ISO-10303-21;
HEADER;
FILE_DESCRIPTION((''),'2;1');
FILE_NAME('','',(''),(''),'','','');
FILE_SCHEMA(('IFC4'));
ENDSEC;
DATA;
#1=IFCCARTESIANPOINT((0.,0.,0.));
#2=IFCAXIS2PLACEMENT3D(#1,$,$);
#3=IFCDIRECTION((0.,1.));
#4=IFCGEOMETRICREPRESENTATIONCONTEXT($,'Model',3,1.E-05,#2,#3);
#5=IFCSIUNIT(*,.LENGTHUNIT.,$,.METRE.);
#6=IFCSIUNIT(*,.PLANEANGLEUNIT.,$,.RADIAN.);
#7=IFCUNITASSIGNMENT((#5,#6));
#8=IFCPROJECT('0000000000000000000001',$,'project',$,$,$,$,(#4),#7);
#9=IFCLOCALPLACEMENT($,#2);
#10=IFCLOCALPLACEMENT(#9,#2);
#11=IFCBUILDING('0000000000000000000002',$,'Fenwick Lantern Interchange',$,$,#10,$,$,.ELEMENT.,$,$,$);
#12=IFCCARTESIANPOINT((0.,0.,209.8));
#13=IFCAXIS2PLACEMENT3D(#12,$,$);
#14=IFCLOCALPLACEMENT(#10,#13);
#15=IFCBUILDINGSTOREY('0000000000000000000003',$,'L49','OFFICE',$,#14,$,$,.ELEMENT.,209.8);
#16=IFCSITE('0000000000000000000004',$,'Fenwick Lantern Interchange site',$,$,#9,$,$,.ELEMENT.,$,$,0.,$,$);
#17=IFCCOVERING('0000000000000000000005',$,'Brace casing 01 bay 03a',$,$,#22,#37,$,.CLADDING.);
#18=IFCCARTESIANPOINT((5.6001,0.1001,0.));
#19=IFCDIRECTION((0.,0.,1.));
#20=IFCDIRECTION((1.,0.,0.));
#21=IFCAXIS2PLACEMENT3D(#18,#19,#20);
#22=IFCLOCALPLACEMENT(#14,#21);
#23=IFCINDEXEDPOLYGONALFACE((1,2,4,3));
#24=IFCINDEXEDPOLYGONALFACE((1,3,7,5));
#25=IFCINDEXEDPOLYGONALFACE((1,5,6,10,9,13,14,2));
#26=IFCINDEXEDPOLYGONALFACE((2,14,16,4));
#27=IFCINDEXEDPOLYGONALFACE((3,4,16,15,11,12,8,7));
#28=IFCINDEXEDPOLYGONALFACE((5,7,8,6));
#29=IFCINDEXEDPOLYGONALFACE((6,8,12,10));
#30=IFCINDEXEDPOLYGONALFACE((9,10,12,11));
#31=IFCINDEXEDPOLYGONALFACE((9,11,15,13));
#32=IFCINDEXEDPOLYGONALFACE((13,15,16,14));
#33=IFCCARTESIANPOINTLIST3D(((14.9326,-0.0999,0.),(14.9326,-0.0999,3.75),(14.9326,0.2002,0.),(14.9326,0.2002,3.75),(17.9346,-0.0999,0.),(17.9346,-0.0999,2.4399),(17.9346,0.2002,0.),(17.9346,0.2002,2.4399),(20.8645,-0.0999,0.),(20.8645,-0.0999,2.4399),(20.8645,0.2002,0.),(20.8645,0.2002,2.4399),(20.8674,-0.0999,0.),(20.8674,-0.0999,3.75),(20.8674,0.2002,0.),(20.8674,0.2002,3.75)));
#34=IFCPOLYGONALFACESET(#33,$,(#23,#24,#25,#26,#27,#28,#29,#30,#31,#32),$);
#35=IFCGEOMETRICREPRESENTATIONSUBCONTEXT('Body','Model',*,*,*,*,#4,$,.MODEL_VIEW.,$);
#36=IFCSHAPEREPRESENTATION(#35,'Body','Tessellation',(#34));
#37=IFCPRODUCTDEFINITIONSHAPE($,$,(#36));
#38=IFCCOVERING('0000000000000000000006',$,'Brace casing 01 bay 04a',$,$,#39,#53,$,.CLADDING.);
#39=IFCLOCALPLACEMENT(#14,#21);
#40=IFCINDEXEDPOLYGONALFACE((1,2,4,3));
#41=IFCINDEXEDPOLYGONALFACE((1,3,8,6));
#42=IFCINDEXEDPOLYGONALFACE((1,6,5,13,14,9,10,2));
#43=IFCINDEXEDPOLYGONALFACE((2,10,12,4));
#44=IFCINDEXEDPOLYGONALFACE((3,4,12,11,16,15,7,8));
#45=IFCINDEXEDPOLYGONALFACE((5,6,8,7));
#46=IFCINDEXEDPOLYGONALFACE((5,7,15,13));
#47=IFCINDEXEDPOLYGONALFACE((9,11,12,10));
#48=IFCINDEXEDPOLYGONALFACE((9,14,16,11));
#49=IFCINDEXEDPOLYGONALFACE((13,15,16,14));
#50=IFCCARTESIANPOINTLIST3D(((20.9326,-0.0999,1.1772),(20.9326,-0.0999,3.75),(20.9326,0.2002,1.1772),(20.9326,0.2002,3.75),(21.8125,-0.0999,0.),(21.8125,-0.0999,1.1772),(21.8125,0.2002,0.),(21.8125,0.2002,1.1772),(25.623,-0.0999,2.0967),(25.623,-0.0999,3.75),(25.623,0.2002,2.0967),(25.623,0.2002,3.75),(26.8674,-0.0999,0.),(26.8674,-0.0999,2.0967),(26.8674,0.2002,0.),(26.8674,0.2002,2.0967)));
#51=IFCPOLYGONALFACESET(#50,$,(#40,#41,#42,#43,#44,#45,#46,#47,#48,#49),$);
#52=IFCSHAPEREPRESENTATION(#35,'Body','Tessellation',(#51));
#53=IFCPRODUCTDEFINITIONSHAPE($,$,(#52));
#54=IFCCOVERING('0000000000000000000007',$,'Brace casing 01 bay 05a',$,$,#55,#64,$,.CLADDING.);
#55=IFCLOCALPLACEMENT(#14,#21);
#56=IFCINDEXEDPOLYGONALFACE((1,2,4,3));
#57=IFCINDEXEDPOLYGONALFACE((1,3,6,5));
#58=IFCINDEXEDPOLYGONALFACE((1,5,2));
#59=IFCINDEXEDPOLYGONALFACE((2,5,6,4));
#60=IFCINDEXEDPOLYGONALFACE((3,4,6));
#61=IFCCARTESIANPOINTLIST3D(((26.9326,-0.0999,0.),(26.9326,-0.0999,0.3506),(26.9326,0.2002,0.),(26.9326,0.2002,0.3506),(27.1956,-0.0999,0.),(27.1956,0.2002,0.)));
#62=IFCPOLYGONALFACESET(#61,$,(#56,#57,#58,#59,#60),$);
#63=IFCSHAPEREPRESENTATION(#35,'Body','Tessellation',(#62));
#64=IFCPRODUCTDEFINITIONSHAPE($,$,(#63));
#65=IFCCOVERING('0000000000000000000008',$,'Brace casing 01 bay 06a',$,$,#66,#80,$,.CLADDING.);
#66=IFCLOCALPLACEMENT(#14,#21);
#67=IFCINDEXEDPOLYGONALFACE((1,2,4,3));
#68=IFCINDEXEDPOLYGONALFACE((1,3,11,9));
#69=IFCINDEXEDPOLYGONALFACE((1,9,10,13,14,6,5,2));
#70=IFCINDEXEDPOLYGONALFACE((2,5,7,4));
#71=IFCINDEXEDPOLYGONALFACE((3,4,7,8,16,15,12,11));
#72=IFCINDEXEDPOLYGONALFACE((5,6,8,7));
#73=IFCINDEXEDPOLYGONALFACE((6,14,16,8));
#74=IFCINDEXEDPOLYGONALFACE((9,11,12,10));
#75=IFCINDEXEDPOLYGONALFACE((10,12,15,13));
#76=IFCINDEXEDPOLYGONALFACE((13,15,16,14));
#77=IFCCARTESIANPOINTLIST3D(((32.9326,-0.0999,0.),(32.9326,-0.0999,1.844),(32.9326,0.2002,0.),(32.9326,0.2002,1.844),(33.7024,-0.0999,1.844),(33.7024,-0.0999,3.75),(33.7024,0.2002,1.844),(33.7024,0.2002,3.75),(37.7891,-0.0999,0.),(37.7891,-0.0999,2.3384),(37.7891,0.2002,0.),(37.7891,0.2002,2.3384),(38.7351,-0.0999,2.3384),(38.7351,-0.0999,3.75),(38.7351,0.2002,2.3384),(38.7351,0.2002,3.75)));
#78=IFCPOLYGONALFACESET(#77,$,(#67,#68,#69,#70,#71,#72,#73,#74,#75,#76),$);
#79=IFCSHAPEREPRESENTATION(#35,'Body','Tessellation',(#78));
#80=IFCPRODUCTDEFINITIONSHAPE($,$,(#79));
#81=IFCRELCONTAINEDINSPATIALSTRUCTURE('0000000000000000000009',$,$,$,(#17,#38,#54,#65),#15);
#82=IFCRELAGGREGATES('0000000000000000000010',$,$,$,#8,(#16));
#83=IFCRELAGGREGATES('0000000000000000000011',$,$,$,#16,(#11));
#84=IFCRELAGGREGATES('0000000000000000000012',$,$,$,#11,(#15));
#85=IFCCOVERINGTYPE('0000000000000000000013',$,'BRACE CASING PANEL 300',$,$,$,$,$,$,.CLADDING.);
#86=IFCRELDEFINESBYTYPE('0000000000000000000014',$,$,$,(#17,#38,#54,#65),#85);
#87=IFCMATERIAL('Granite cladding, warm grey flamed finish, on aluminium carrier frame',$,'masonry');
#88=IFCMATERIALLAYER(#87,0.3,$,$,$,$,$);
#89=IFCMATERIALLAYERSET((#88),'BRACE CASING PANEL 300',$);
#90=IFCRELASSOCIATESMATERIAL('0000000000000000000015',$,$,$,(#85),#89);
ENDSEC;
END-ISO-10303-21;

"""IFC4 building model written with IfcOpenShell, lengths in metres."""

from ifc_helpers import new_model, si_unit, direction, frame, origin, place, context, subcontext, project, spatial, polyline, outline, extrude, material, layer, layer_set, type_object, element, save


model = new_model("IFC4")

# Units and contexts
model_context = context("Model", 3, precision=1e-05, world=origin(), true_north=direction((0.0, 1.0)))
body_context = subcontext(model_context, "Body", "Model", "MODEL_VIEW")
ifc_project = project(units=[si_unit("LENGTHUNIT", "METRE"), si_unit("PLANEANGLEUNIT", "RADIAN")], contexts=[model_context])

# Site, building, storey
site_placement = place(None, origin())
site = spatial("IfcSite", under=ifc_project, at=site_placement, Name="Fenwick Lantern Interchange site", CompositionType="ELEMENT", RefElevation=0.0)
building_placement = place(site_placement, origin())
building = spatial("IfcBuilding", under=site, at=building_placement, Name="Fenwick Lantern Interchange", CompositionType="ELEMENT")
storey_placement = place(building_placement, frame((0.0, 0.0, 209.8)))
storey = spatial("IfcBuildingStorey", under=building, at=storey_placement, Name="L49", Description="OFFICE", CompositionType="ELEMENT", Elevation=209.8)

# Coverings
ifc_material_1 = material(Name="Granite cladding, warm grey flamed finish, on aluminium carrier frame", Category="masonry")
ifc_layer_1 = layer(ifc_material_1, 0.3)
ifc_layer_set_1 = layer_set([ifc_layer_1], Name="BRACE CASING PANEL 300")
covering_type = type_object("IfcCoveringType", Name="BRACE CASING PANEL 300", PredefinedType="CLADDING", material=ifc_layer_set_1)
covering_1_placement = place(storey_placement, frame((5.6001, 0.1001, 0.0), z_axis=(0.0, 0.0, 1.0), x_axis=(1.0, 0.0, 0.0)))
element("IfcCovering", 1, at=covering_1_placement, inside=storey, type_object=covering_type, Name="Brace casing 01 bay 03a", PredefinedType="CLADDING", context=body_context, shape_type="SweptSolid", body=[
    extrude(outline(polyline([(14.9326, 0.0), (17.9346, 0.0), (17.9346, 2.4399), (20.8645, 2.4399), (20.8645, 0.0), (20.8674, 0.0), (20.8674, 3.75), (14.9326, 3.75), (14.9326, 0.0)])), frame((0.0, 0.2002, 0.0), z_axis=(0.0, -1.0, 0.0), x_axis=(1.0, 0.0, 0.0)), (0.0, 0.0, 1.0), 0.3),
])
covering_2_placement = place(storey_placement, frame((5.6001, 0.1001, 0.0), z_axis=(0.0, 0.0, 1.0), x_axis=(1.0, 0.0, 0.0)))
element("IfcCovering", 2, at=covering_2_placement, inside=storey, type_object=covering_type, Name="Brace casing 01 bay 04a", PredefinedType="CLADDING", context=body_context, shape_type="SweptSolid", body=[
    extrude(outline(polyline([(21.8125, 0.0), (26.8674, 0.0), (26.8674, 2.0967), (25.623, 2.0967), (25.623, 3.75), (20.9326, 3.75), (20.9326, 1.1772), (21.8125, 1.1772), (21.8125, 0.0)])), frame((0.0, 0.2002, 0.0), z_axis=(0.0, -1.0, 0.0), x_axis=(1.0, 0.0, 0.0)), (0.0, 0.0, 1.0), 0.3),
])
covering_3_placement = place(storey_placement, frame((5.6001, 0.1001, 0.0), z_axis=(0.0, 0.0, 1.0), x_axis=(1.0, 0.0, 0.0)))
element("IfcCovering", 3, at=covering_3_placement, inside=storey, type_object=covering_type, Name="Brace casing 01 bay 05a", PredefinedType="CLADDING", context=body_context, shape_type="SweptSolid", body=[
    extrude(outline(polyline([(26.9326, 0.0), (27.1956, 0.0), (26.9326, 0.3506), (26.9326, 0.0)])), frame((0.0, 0.2002, 0.0), z_axis=(0.0, -1.0, 0.0), x_axis=(1.0, 0.0, 0.0)), (0.0, 0.0, 1.0), 0.3),
])
covering_4_placement = place(storey_placement, frame((5.6001, 0.1001, 0.0), z_axis=(0.0, 0.0, 1.0), x_axis=(1.0, 0.0, 0.0)))
element("IfcCovering", 4, at=covering_4_placement, inside=storey, type_object=covering_type, Name="Brace casing 01 bay 06a", PredefinedType="CLADDING", context=body_context, shape_type="SweptSolid", body=[
    extrude(outline(polyline([(32.9326, 0.0), (37.7891, 0.0), (37.7891, 2.3384), (38.7351, 2.3384), (38.7351, 3.75), (33.7024, 3.75), (33.7024, 1.844), (32.9326, 1.844), (32.9326, 0.0)])), frame((0.0, 0.2002, 0.0), z_axis=(0.0, -1.0, 0.0), x_axis=(1.0, 0.0, 0.0)), (0.0, 0.0, 1.0), 0.3),
])

save(model, "model.ifc")
